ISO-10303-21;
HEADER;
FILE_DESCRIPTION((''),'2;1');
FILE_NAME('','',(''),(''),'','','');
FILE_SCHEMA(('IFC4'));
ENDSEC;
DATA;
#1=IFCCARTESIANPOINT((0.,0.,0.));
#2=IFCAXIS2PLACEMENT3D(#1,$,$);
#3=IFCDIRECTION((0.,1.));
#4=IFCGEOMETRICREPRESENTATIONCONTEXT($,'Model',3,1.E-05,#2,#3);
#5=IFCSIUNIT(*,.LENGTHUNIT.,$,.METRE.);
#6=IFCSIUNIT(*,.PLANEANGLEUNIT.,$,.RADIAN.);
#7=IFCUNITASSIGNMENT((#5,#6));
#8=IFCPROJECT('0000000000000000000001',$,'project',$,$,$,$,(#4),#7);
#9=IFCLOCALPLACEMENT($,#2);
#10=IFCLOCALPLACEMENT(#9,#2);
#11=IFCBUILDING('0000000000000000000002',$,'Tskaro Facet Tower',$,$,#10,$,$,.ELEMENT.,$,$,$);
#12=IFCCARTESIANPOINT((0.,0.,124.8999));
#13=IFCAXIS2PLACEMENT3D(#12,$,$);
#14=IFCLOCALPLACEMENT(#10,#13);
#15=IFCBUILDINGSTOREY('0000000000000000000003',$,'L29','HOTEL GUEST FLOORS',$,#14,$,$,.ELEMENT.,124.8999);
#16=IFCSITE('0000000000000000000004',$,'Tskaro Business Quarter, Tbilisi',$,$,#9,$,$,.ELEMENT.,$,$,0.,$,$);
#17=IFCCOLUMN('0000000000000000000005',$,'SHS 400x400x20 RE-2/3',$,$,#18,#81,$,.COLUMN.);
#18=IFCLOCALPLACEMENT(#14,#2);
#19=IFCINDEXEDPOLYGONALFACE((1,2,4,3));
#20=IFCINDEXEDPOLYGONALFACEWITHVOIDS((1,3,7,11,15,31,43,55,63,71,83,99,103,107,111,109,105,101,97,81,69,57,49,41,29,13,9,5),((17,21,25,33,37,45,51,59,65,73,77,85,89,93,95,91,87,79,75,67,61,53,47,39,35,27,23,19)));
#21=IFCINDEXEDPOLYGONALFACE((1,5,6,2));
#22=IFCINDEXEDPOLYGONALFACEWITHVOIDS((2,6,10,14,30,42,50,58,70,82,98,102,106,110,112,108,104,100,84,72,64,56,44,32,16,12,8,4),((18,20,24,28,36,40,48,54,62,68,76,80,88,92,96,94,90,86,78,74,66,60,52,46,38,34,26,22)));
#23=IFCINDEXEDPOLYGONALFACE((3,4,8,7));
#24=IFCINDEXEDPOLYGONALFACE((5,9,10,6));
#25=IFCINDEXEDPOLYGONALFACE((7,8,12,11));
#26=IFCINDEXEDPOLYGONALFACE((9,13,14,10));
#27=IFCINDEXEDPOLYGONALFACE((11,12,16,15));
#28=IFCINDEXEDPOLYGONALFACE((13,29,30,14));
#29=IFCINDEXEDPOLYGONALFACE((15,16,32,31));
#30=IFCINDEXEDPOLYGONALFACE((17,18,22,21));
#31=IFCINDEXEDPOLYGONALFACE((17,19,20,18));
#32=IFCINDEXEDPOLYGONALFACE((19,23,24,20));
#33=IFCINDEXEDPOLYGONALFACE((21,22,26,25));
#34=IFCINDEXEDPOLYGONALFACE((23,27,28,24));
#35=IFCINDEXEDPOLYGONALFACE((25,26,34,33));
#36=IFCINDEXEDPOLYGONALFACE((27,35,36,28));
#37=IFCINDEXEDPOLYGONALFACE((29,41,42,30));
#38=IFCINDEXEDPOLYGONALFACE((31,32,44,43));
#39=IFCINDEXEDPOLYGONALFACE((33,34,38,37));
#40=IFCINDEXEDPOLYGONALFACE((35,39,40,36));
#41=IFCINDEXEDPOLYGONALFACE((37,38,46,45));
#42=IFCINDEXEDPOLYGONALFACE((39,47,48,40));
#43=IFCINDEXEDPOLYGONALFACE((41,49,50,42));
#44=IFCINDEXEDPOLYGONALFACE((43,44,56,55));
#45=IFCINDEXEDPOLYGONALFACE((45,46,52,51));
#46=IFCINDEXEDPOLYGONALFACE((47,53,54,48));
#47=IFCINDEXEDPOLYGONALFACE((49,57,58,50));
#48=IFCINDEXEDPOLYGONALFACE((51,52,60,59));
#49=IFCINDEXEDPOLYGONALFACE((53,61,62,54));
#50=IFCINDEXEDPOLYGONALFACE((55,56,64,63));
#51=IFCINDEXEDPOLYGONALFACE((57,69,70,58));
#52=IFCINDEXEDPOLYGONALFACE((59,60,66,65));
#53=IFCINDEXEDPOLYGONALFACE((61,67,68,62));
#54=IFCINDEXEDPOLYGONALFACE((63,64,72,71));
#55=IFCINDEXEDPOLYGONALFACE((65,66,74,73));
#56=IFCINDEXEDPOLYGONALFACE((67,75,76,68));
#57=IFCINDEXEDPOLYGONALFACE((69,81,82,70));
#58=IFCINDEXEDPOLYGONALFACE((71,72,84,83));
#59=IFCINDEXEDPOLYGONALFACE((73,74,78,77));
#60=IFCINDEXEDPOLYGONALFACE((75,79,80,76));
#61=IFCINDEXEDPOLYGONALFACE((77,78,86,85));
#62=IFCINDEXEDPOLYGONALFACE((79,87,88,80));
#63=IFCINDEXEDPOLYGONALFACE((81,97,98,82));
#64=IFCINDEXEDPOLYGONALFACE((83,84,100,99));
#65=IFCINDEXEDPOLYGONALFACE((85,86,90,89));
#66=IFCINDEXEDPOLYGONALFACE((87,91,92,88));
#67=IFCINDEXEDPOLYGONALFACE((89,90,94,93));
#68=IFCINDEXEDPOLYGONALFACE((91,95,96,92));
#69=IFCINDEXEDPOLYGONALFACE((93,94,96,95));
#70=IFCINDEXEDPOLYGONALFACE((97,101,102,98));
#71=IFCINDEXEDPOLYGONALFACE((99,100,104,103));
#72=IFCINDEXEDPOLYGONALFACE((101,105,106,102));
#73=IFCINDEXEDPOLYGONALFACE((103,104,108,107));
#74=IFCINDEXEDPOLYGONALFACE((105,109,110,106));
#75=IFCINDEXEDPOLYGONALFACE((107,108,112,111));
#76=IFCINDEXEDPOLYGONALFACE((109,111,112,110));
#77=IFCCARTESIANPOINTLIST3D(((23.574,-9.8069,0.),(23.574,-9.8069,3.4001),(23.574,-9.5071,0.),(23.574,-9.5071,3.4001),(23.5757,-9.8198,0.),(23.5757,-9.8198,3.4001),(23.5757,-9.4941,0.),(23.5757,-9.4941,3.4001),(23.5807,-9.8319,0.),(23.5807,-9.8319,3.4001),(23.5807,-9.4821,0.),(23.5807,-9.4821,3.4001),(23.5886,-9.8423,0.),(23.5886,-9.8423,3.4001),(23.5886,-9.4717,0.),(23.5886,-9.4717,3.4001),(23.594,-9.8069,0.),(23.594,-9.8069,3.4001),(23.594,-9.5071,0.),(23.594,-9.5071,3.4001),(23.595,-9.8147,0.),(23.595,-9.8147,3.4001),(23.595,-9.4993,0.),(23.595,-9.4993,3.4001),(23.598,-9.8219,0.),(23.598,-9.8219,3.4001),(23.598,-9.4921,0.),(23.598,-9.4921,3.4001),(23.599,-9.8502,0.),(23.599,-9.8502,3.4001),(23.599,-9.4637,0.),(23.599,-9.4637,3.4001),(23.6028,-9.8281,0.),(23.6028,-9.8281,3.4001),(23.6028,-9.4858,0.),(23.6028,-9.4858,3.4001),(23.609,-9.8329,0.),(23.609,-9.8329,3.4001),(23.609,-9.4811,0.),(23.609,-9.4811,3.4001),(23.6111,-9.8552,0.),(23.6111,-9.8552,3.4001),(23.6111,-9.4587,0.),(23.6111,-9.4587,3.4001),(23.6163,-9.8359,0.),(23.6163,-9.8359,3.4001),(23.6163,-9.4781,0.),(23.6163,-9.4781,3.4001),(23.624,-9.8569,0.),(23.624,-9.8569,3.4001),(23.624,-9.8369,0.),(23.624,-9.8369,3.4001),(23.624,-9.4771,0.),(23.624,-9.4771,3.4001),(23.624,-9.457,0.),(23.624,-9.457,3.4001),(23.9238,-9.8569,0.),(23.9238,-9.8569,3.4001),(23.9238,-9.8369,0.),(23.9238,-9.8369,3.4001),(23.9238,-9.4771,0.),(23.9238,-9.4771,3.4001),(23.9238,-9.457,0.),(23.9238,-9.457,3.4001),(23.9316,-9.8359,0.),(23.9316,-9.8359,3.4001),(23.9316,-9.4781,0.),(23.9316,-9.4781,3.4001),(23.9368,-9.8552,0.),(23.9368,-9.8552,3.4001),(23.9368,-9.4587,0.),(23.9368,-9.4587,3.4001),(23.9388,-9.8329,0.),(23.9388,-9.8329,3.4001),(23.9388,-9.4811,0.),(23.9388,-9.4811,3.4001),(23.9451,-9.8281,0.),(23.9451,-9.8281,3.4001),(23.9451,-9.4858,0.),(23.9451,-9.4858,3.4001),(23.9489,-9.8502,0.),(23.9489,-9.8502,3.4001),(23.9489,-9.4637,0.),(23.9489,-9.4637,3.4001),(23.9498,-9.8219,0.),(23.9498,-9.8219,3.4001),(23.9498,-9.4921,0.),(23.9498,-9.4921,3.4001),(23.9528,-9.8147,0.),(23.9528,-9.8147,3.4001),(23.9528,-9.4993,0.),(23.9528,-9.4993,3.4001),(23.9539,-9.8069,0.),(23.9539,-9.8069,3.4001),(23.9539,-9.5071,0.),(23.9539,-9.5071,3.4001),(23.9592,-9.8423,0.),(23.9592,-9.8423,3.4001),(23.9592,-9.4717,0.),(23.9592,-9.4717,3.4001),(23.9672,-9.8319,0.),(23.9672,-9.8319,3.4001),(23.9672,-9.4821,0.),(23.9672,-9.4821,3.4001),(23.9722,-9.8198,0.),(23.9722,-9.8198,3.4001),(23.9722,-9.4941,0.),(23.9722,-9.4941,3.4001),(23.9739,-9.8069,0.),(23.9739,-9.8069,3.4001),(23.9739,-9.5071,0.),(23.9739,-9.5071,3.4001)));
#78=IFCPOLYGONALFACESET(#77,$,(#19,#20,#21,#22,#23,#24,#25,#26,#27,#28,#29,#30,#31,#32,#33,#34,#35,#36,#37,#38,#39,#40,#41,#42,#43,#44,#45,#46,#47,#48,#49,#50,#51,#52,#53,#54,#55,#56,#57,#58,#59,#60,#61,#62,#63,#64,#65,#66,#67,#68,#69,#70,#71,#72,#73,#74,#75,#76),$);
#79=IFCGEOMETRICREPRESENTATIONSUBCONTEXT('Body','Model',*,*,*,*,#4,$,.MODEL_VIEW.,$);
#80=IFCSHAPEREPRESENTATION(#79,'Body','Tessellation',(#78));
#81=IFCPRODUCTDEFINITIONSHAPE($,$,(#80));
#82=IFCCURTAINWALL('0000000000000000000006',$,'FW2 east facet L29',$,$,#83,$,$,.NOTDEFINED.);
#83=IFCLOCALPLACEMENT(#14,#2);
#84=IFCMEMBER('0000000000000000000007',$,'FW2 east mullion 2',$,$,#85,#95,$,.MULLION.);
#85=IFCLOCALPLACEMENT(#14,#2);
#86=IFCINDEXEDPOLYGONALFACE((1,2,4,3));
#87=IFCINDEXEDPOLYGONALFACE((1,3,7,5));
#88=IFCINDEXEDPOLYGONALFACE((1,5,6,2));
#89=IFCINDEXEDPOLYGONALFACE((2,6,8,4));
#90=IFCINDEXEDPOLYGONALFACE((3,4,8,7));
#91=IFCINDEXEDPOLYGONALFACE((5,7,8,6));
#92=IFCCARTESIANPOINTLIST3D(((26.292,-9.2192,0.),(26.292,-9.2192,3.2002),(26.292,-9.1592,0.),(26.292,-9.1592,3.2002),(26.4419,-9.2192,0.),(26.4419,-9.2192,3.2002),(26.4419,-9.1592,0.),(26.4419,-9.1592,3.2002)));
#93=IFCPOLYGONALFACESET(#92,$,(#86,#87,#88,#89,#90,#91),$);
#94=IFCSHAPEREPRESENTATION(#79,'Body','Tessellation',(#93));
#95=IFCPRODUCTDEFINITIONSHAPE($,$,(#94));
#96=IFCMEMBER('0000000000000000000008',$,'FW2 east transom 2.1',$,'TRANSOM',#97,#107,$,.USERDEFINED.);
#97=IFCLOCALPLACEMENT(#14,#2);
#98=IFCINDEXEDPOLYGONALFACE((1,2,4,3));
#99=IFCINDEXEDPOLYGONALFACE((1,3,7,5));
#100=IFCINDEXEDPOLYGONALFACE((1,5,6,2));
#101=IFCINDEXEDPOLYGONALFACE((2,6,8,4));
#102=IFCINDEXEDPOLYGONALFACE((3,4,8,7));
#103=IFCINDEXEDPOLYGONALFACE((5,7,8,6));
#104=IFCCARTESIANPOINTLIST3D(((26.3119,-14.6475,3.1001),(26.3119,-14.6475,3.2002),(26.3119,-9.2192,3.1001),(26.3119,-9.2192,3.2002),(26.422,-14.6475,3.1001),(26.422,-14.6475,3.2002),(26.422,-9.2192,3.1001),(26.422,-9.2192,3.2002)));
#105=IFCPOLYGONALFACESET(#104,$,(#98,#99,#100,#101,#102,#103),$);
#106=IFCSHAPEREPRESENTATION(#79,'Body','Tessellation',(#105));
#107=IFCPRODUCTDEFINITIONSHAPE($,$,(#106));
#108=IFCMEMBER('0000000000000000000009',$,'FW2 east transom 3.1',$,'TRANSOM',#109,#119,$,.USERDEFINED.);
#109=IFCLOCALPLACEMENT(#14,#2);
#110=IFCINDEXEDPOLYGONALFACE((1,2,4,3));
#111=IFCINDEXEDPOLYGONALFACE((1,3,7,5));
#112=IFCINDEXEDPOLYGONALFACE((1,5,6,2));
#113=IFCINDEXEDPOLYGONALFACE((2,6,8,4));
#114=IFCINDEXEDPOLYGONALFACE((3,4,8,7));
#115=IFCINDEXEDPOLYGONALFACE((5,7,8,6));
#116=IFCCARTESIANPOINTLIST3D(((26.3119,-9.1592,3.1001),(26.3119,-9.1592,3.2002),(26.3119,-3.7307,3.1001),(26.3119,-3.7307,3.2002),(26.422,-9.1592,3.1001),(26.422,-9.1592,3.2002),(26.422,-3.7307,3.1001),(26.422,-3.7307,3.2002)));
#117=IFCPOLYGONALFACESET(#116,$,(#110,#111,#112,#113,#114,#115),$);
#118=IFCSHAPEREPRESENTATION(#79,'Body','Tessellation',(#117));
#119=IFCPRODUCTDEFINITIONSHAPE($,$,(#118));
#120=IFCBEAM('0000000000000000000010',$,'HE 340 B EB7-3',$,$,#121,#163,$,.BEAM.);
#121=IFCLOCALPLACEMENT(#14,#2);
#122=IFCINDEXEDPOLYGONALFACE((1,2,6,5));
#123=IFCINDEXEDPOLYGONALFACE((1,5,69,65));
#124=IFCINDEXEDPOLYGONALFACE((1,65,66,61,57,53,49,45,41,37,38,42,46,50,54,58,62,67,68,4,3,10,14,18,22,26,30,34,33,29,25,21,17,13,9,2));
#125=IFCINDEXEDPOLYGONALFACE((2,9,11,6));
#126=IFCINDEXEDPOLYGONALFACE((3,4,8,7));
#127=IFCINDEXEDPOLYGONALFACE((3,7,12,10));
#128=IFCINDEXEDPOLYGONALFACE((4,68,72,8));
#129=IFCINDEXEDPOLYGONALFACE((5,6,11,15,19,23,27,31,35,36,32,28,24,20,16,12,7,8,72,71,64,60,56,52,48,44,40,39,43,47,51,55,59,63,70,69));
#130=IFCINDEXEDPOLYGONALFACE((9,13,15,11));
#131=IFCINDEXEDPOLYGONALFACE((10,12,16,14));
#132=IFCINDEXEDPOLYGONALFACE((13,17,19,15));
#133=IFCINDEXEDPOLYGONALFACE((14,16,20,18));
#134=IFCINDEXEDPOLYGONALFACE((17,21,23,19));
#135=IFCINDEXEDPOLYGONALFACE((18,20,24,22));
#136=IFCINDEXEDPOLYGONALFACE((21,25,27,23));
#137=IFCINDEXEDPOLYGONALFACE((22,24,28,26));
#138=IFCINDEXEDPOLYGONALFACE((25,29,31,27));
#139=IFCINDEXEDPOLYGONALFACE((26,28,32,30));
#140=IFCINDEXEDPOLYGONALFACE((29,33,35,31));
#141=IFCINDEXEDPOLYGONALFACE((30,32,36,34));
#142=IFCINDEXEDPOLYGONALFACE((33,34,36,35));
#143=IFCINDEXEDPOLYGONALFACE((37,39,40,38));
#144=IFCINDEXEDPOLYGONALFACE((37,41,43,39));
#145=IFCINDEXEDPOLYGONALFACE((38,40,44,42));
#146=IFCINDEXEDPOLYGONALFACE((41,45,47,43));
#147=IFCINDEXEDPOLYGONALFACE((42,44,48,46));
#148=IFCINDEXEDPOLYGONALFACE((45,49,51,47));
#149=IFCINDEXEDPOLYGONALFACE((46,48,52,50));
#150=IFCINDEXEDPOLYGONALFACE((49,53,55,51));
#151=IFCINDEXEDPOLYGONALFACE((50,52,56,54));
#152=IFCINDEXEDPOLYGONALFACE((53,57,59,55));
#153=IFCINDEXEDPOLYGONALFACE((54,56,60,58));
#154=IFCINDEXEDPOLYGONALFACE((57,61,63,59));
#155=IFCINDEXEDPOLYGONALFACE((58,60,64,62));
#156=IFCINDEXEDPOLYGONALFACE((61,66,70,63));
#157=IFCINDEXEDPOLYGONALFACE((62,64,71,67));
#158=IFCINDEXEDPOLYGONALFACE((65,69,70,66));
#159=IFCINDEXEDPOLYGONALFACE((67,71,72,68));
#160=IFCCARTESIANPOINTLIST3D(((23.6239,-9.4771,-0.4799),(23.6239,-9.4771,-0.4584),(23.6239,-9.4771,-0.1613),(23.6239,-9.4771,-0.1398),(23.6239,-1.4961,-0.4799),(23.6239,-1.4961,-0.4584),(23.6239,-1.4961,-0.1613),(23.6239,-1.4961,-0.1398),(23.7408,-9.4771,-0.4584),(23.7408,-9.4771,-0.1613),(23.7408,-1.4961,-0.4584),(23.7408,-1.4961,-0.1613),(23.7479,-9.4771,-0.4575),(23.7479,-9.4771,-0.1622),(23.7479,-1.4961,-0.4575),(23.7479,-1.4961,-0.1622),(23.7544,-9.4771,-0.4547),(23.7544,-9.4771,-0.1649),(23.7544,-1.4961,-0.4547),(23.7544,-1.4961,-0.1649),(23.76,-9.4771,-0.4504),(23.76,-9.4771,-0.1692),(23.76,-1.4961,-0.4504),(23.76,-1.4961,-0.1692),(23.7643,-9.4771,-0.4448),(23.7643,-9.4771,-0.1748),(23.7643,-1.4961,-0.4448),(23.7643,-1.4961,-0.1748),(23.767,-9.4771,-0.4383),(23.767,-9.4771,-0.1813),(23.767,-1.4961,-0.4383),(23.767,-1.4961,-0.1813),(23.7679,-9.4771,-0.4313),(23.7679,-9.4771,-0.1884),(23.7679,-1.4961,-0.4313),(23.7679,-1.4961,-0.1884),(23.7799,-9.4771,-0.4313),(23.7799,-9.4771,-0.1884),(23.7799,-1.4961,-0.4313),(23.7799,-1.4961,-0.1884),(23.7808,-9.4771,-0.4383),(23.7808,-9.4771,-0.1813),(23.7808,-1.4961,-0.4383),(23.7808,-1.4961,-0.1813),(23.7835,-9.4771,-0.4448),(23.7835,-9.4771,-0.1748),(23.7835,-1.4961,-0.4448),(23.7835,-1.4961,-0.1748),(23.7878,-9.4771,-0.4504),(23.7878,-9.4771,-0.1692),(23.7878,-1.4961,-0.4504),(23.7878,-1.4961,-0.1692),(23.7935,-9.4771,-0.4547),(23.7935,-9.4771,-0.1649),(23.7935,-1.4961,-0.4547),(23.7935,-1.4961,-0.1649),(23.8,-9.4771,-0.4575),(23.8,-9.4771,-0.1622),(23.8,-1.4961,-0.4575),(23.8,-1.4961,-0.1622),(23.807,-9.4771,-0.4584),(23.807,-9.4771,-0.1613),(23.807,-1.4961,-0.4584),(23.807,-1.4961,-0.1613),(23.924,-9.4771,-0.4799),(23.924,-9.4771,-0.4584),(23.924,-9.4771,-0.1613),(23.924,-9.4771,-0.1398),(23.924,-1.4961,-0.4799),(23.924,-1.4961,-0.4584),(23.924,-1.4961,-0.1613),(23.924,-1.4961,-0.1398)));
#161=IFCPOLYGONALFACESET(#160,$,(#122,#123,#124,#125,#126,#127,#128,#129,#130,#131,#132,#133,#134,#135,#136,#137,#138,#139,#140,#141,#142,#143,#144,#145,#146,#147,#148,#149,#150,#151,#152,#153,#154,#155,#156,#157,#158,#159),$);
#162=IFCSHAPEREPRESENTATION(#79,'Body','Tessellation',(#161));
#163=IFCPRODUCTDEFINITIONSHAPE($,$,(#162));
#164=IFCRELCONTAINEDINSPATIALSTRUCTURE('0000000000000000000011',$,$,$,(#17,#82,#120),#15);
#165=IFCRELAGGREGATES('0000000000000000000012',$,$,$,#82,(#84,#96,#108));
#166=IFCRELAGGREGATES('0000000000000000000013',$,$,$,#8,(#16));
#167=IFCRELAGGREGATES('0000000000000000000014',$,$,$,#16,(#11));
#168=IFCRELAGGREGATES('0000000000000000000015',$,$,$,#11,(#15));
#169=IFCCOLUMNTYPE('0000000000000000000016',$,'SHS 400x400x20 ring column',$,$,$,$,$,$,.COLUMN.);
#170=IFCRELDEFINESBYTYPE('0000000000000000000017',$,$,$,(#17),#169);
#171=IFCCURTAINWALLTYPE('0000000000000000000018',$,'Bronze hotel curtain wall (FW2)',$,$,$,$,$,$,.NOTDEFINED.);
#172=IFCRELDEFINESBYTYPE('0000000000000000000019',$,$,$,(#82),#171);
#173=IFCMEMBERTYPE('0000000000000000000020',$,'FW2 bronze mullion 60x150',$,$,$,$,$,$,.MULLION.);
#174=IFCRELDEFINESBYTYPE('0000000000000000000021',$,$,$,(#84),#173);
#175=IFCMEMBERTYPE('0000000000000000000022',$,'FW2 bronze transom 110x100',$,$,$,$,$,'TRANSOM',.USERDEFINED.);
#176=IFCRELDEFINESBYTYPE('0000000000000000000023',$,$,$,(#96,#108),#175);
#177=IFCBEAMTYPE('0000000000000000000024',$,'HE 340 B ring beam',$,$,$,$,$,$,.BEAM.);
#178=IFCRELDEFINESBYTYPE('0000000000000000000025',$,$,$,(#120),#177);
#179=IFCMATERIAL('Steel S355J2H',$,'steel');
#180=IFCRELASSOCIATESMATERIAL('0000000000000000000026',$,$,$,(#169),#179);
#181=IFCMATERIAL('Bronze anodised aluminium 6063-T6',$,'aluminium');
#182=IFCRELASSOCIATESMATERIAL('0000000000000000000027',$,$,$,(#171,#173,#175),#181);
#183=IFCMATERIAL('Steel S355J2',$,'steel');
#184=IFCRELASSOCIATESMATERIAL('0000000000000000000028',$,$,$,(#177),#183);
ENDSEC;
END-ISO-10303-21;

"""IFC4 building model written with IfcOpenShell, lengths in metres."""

from ifc_helpers import new_model, si_unit, direction, frame, origin, origin_2d, place, context, subcontext, project, spatial, rectangle, hollow_rectangle, i_section, extrude, material, material_profile, profile_set, type_object, element, aggregate, save


model = new_model("IFC4")

# Units and contexts
model_context = context("Model", 3, precision=1e-05, world=origin(), true_north=direction((0.0, 1.0)))
body_context = subcontext(model_context, "Body", "Model", "MODEL_VIEW")
ifc_project = project(units=[si_unit("LENGTHUNIT", "METRE"), si_unit("PLANEANGLEUNIT", "RADIAN")], contexts=[model_context])

# Site, building, storey
site_placement = place(None, origin())
site = spatial("IfcSite", under=ifc_project, at=site_placement, Name="Tskaro Business Quarter, Tbilisi", CompositionType="ELEMENT", RefElevation=0.0)
building_placement = place(site_placement, origin())
building = spatial("IfcBuilding", under=site, at=building_placement, Name="Tskaro Facet Tower", CompositionType="ELEMENT")
storey_placement = place(building_placement, frame((0.0, 0.0, 124.8999)))
storey = spatial("IfcBuildingStorey", under=building, at=storey_placement, Name="L29", Description="HOTEL GUEST FLOORS", CompositionType="ELEMENT", Elevation=124.8999)

# Column
ifc_material_1 = material(Name="Steel S355J2H", Category="steel")
ifc_material_profile_1 = material_profile(ifc_material_1, hollow_rectangle(XDim=0.3999, YDim=0.3999, WallThickness=0.02, InnerFilletRadius=0.03, OuterFilletRadius=0.05, at=origin_2d()), Name="SHS 400x400x20")
ifc_profile_set_1 = profile_set([ifc_material_profile_1], Name="Steel S355J2H")
column_type = type_object("IfcColumnType", Name="SHS 400x400x20 ring column", PredefinedType="COLUMN", material=ifc_profile_set_1)
column_placement = place(storey_placement, frame((23.7739, -9.657, 0.0), z_axis=(0.0, 0.0, 1.0), x_axis=(1.0, 0.0, 0.0)))
element("IfcColumn", 1, at=column_placement, inside=storey, type_object=column_type, Name="SHS 400x400x20 RE-2/3", PredefinedType="COLUMN", context=body_context, shape_type="SweptSolid", body=[
    extrude(hollow_rectangle(XDim=0.3999, YDim=0.3999, WallThickness=0.02, InnerFilletRadius=0.03, OuterFilletRadius=0.05, at=origin_2d()), origin(), (0.0, 0.0, 1.0), 3.4001),
])

# Curtain wall, members
ifc_material_2 = material(Name="Bronze anodised aluminium 6063-T6", Category="aluminium")
curtain_wall_type = type_object("IfcCurtainWallType", Name="Bronze hotel curtain wall (FW2)", PredefinedType="NOTDEFINED", material=ifc_material_2)
curtain_wall_placement = place(storey_placement, origin())
curtain_wall = element("IfcCurtainWall", 2, at=curtain_wall_placement, inside=storey, type_object=curtain_wall_type, Name="FW2 east facet L29", PredefinedType="NOTDEFINED")
ifc_material_profile_2 = material_profile(ifc_material_2, rectangle(XDim=0.0601, YDim=0.1499, at=origin_2d()), Name="Mullion 60x150")
ifc_profile_set_2 = profile_set([ifc_material_profile_2], Name="Bronze anodised aluminium 6063-T6")
member_type_1 = type_object("IfcMemberType", Name="FW2 bronze mullion 60x150", PredefinedType="MULLION", material=ifc_profile_set_2)
member_1_placement = place(storey_placement, frame((26.3669, -9.1892, 0.0), z_axis=(0.0, 0.0, 1.0), x_axis=(0.0, 1.0, 0.0)))
member_1 = element("IfcMember", 3, at=member_1_placement, type_object=member_type_1, Name="FW2 east mullion 2", PredefinedType="MULLION", context=body_context, shape_type="SweptSolid", body=[
    extrude(rectangle(XDim=0.0601, YDim=0.1499, at=origin_2d()), origin(), (0.0, 0.0, 1.0), 3.2002),
])
ifc_material_profile_3 = material_profile(ifc_material_2, rectangle(XDim=0.1101, YDim=0.1001, at=origin_2d()), Name="Transom 110x100")
ifc_profile_set_3 = profile_set([ifc_material_profile_3], Name="Bronze anodised aluminium 6063-T6")
member_type_2 = type_object("IfcMemberType", Name="FW2 bronze transom 110x100", ElementType="TRANSOM", PredefinedType="USERDEFINED", material=ifc_profile_set_3)
member_2_placement = place(storey_placement, frame((26.3669, -14.6475, 3.1501), z_axis=(0.0, 1.0, 0.0), x_axis=(-1.0, 0.0, 0.0)))
member_2 = element("IfcMember", 4, at=member_2_placement, type_object=member_type_2, Name="FW2 east transom 2.1", ObjectType="TRANSOM", PredefinedType="USERDEFINED", context=body_context, shape_type="SweptSolid", body=[
    extrude(rectangle(XDim=0.1101, YDim=0.1001, at=origin_2d()), origin(), (0.0, 0.0, 1.0), 5.4282),
])
member_3_placement = place(storey_placement, frame((26.3669, -9.1592, 3.1501), z_axis=(0.0, 1.0, 0.0), x_axis=(-1.0, 0.0, 0.0)))
member_3 = element("IfcMember", 5, at=member_3_placement, type_object=member_type_2, Name="FW2 east transom 3.1", ObjectType="TRANSOM", PredefinedType="USERDEFINED", context=body_context, shape_type="SweptSolid", body=[
    extrude(rectangle(XDim=0.1101, YDim=0.1001, at=origin_2d()), origin(), (0.0, 0.0, 1.0), 5.4285),
])

# Beam
ifc_material_3 = material(Name="Steel S355J2", Category="steel")
ifc_material_profile_4 = material_profile(ifc_material_3, i_section(OverallWidth=0.3, OverallDepth=0.3401, WebThickness=0.012, FlangeThickness=0.0215, FilletRadius=0.0271, at=origin_2d()), Name="HE 340 B")
ifc_profile_set_4 = profile_set([ifc_material_profile_4], Name="Steel S355J2")
beam_type_1 = type_object("IfcBeamType", Name="HE 340 B ring beam", PredefinedType="BEAM", material=ifc_profile_set_4)
beam_1_placement = place(storey_placement, frame((23.7739, -9.4771, -0.3098), z_axis=(0.0, 1.0, 0.0), x_axis=(-1.0, 0.0, 0.0)))
element("IfcBeam", 6, at=beam_1_placement, inside=storey, type_object=beam_type_1, Name="HE 340 B EB7-3", PredefinedType="BEAM", context=body_context, shape_type="SweptSolid", body=[
    extrude(i_section(OverallWidth=0.3, OverallDepth=0.3401, WebThickness=0.012, FlangeThickness=0.0215, FilletRadius=0.0271, at=origin_2d()), origin(), (0.0, 0.0, 1.0), 7.981),
])

aggregate(curtain_wall, [member_1, member_2, member_3])

save(model, "model.ifc")
